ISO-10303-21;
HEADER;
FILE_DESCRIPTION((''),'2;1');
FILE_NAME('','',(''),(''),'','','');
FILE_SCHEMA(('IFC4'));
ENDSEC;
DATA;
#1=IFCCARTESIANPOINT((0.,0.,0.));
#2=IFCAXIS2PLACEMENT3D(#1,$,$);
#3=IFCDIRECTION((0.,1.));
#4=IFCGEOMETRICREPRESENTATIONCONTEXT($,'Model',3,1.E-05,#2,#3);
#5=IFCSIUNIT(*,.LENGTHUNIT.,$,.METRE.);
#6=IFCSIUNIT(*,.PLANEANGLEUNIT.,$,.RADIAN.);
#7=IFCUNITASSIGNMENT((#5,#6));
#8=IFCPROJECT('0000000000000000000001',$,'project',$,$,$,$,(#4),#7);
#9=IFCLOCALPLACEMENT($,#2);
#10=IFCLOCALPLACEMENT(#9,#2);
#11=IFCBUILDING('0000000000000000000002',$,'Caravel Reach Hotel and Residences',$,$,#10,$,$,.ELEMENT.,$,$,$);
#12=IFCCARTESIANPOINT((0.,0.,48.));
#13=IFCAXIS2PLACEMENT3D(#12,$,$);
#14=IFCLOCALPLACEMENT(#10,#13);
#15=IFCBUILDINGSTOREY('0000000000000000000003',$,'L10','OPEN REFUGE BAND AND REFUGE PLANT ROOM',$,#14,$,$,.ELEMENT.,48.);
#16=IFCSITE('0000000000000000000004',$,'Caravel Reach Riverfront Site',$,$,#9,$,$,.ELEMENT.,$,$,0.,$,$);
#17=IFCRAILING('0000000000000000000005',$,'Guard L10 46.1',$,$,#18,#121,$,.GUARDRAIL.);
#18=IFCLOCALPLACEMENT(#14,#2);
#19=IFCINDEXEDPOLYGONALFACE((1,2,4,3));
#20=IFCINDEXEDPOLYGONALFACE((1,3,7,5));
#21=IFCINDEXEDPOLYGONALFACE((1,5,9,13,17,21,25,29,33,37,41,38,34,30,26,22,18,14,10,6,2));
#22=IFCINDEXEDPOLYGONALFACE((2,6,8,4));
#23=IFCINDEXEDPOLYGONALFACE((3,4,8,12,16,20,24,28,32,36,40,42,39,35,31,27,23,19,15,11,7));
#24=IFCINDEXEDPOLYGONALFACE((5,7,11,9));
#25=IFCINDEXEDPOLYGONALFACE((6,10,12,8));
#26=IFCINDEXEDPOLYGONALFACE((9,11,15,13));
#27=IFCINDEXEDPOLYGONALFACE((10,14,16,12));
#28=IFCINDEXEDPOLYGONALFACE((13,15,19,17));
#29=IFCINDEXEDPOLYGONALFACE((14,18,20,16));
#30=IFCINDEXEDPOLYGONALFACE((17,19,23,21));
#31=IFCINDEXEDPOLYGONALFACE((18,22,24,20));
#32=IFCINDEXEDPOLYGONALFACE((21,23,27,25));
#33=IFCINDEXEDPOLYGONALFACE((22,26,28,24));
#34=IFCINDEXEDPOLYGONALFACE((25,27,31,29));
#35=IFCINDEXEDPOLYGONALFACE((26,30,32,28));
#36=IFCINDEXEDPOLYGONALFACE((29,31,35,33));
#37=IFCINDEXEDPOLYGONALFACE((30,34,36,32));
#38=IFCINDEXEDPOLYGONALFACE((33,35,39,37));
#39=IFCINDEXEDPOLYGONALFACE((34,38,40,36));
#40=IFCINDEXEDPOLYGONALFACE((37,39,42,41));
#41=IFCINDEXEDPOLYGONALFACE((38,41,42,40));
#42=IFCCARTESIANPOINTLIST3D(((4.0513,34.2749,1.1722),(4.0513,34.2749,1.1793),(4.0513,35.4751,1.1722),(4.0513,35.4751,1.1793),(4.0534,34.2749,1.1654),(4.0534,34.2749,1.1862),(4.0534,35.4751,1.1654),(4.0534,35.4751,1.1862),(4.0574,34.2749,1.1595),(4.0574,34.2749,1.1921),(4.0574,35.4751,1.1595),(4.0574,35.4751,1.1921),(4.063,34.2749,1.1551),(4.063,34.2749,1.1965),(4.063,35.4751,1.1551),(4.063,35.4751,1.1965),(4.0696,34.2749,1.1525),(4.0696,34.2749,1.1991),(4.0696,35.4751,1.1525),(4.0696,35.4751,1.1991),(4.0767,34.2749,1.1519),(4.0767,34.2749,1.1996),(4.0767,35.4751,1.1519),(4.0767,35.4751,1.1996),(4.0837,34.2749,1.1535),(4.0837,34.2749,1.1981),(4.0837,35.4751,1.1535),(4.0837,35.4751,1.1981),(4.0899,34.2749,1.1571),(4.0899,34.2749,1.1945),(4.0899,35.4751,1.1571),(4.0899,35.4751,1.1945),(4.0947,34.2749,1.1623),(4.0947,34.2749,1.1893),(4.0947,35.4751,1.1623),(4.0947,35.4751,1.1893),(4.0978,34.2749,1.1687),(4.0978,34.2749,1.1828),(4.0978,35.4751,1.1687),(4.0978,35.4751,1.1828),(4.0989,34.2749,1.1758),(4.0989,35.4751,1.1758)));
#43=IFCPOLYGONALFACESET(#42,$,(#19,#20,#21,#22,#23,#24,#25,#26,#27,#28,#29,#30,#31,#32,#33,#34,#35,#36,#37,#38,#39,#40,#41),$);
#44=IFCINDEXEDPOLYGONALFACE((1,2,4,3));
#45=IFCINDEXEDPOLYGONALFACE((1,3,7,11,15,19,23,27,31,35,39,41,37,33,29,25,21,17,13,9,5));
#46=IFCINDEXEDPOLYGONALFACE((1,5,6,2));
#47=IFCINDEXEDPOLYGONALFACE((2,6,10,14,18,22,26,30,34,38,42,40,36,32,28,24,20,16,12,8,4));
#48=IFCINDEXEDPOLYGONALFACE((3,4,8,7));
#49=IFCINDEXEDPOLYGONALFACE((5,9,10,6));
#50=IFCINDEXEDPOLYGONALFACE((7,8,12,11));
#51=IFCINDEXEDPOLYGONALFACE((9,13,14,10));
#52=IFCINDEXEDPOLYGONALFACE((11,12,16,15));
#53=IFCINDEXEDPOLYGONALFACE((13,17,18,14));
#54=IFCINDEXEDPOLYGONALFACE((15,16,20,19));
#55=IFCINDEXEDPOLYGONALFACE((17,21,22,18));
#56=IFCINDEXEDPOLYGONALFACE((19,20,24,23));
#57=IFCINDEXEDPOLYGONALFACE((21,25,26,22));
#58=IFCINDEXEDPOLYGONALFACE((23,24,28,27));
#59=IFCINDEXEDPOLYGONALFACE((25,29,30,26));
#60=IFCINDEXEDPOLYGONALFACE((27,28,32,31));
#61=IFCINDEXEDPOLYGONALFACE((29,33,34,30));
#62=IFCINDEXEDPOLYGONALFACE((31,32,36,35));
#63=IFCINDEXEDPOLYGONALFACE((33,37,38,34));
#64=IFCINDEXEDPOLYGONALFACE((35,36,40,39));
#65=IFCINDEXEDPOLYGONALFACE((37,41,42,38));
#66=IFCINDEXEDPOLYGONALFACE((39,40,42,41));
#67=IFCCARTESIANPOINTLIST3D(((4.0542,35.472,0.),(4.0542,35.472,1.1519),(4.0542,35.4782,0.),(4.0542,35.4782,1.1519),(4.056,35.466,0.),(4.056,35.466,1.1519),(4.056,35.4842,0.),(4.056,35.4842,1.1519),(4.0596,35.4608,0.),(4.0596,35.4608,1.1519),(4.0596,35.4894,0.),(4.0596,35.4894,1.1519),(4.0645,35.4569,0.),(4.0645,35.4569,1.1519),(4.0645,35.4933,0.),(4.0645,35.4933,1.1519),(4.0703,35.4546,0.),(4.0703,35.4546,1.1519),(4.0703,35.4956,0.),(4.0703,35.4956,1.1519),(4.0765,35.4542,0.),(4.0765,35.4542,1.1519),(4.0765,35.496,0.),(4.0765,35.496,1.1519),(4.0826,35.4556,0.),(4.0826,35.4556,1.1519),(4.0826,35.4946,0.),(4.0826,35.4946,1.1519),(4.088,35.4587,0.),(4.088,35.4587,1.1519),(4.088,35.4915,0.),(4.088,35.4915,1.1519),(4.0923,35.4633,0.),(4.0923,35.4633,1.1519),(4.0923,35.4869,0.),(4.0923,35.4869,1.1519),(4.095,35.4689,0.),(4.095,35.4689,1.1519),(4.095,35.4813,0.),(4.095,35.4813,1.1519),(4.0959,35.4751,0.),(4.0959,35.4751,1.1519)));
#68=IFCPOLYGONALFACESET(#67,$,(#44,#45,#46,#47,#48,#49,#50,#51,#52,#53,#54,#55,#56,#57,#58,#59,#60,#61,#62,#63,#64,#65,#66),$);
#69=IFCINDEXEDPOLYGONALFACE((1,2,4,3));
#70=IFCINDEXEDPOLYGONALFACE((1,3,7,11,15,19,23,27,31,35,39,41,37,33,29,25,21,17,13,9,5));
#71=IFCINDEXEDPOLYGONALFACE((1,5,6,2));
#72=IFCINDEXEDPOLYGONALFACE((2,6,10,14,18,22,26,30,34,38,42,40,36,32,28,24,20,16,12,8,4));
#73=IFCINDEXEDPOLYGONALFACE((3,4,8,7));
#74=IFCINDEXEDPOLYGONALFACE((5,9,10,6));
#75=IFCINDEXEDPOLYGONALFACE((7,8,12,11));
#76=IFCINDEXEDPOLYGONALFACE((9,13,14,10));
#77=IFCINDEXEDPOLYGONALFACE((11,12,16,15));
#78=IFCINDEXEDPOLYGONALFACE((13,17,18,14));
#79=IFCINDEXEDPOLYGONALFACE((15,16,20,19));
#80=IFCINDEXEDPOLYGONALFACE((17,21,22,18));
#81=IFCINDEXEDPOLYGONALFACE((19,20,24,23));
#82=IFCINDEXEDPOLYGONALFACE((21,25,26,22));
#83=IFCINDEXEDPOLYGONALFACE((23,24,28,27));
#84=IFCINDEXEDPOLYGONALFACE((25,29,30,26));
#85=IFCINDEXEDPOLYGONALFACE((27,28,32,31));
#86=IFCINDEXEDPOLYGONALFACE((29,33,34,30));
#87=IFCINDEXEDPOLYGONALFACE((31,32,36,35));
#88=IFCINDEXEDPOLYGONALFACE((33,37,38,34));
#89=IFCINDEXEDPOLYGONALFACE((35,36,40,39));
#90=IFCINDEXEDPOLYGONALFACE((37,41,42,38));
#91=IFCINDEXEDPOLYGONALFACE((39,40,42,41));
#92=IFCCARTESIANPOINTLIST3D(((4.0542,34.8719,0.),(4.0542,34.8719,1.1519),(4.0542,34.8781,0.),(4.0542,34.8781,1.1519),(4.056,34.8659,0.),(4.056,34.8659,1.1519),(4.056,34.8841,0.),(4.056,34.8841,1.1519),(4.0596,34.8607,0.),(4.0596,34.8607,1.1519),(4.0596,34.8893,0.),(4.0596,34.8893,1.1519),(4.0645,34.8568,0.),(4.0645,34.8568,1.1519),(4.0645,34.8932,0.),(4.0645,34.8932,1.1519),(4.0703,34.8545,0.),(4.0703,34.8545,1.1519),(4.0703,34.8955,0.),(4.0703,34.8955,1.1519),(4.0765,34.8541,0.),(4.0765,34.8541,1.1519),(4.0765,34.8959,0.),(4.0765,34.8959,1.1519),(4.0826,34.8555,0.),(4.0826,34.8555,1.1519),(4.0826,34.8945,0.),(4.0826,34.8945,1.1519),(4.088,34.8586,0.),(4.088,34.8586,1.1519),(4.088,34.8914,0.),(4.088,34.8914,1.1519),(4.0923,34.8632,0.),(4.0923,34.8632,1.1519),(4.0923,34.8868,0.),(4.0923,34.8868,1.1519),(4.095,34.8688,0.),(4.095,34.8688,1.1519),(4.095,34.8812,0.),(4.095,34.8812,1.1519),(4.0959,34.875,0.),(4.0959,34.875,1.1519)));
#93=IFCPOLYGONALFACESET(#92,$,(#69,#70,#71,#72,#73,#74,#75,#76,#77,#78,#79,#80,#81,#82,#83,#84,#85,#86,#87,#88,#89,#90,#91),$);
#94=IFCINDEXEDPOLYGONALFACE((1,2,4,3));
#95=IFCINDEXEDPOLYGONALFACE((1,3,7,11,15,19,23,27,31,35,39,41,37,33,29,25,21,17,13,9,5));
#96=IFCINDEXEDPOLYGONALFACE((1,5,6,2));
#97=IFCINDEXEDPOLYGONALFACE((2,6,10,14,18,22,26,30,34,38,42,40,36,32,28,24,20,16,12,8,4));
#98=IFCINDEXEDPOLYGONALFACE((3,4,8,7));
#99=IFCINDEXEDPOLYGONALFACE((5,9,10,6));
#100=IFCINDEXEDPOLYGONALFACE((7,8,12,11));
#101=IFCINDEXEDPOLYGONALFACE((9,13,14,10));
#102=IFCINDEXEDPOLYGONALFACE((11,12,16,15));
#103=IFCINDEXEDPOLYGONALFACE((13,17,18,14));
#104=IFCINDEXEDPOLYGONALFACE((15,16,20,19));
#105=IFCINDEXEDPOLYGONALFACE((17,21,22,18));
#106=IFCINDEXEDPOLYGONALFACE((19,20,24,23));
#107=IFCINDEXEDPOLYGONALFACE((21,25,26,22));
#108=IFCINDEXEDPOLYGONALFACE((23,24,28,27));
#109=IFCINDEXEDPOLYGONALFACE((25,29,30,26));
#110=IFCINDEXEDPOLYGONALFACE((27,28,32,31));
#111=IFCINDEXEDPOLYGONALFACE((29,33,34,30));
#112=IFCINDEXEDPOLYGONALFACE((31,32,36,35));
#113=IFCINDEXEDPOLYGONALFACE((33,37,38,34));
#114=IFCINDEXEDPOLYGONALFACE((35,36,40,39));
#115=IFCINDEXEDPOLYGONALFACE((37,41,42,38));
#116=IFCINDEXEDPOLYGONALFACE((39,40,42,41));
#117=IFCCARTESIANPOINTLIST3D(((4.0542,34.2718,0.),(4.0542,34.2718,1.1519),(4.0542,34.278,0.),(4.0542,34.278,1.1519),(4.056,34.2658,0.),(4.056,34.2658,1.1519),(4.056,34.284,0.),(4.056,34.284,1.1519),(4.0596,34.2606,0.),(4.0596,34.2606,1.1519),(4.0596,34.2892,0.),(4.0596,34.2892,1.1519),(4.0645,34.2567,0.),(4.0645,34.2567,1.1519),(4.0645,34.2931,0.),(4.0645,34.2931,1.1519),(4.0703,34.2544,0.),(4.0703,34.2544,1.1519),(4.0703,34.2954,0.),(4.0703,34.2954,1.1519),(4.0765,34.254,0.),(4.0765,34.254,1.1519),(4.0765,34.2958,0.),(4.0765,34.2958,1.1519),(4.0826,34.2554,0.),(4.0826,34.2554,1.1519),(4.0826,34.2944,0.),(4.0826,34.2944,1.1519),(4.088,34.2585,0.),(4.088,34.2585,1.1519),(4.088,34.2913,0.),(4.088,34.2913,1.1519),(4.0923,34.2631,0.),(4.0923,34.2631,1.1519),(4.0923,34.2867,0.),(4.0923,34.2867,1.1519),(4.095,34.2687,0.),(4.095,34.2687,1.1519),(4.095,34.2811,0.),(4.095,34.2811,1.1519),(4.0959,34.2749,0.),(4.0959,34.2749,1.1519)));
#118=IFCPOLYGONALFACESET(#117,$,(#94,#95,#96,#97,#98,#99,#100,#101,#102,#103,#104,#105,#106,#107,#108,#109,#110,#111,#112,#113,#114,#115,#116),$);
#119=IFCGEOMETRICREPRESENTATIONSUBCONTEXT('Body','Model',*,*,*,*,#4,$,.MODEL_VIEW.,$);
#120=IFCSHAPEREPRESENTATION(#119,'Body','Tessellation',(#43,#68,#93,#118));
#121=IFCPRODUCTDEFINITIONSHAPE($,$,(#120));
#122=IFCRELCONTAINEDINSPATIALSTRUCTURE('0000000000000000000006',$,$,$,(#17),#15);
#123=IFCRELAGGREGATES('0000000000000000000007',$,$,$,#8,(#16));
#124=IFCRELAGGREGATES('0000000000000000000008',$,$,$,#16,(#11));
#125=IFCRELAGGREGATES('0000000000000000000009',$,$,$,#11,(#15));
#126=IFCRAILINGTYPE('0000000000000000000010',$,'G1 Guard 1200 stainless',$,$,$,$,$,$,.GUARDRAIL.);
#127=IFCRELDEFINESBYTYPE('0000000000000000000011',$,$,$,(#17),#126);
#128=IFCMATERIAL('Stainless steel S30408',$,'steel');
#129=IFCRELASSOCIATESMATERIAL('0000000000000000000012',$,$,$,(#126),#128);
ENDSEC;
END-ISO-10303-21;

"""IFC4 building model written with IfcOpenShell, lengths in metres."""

from ifc_helpers import new_model, si_unit, direction, frame, origin, origin_2d, place, context, subcontext, project, spatial, circle, extrude, material, type_object, element, save


model = new_model("IFC4")

# Units and contexts
model_context = context("Model", 3, precision=1e-05, world=origin(), true_north=direction((0.0, 1.0)))
body_context = subcontext(model_context, "Body", "Model", "MODEL_VIEW")
ifc_project = project(units=[si_unit("LENGTHUNIT", "METRE"), si_unit("PLANEANGLEUNIT", "RADIAN")], contexts=[model_context])

# Site, building, storey
site_placement = place(None, origin())
site = spatial("IfcSite", under=ifc_project, at=site_placement, Name="Caravel Reach Riverfront Site", CompositionType="ELEMENT", RefElevation=0.0)
building_placement = place(site_placement, origin())
building = spatial("IfcBuilding", under=site, at=building_placement, Name="Caravel Reach Hotel and Residences", CompositionType="ELEMENT")
storey_placement = place(building_placement, frame((0.0, 0.0, 48.0)))
storey = spatial("IfcBuildingStorey", under=building, at=storey_placement, Name="L10", Description="OPEN REFUGE BAND AND REFUGE PLANT ROOM", CompositionType="ELEMENT", Elevation=48.0)

# Railing
ifc_material_1 = material(Name="Stainless steel S30408", Category="steel")
railing_type = type_object("IfcRailingType", Name="G1 Guard 1200 stainless", PredefinedType="GUARDRAIL", material=ifc_material_1)
railing_1_placement = place(storey_placement, frame((4.075, 35.4751, 0.0)))
element("IfcRailing", 1, at=railing_1_placement, inside=storey, type_object=railing_type, Name="Guard L10 46.1", PredefinedType="GUARDRAIL", context=body_context, shape_type="SweptSolid", body=[
    extrude(circle(Radius=0.0239, at=origin_2d()), frame((0.0, 0.0, 1.1758), z_axis=(0.0, -1.0, 0.0), x_axis=(1.0, 0.0, 0.0)), (0.0, 0.0, 1.0), 1.2002),
    extrude(circle(Radius=0.021, at=origin_2d()), origin(), (0.0, 0.0, 1.0), 1.1519),
    extrude(circle(Radius=0.021, at=origin_2d()), frame((0.0, -0.6001, 0.0)), (0.0, 0.0, 1.0), 1.1519),
    extrude(circle(Radius=0.021, at=origin_2d()), frame((0.0, -1.2002, 0.0)), (0.0, 0.0, 1.0), 1.1519),
])

save(model, "model.ifc")
